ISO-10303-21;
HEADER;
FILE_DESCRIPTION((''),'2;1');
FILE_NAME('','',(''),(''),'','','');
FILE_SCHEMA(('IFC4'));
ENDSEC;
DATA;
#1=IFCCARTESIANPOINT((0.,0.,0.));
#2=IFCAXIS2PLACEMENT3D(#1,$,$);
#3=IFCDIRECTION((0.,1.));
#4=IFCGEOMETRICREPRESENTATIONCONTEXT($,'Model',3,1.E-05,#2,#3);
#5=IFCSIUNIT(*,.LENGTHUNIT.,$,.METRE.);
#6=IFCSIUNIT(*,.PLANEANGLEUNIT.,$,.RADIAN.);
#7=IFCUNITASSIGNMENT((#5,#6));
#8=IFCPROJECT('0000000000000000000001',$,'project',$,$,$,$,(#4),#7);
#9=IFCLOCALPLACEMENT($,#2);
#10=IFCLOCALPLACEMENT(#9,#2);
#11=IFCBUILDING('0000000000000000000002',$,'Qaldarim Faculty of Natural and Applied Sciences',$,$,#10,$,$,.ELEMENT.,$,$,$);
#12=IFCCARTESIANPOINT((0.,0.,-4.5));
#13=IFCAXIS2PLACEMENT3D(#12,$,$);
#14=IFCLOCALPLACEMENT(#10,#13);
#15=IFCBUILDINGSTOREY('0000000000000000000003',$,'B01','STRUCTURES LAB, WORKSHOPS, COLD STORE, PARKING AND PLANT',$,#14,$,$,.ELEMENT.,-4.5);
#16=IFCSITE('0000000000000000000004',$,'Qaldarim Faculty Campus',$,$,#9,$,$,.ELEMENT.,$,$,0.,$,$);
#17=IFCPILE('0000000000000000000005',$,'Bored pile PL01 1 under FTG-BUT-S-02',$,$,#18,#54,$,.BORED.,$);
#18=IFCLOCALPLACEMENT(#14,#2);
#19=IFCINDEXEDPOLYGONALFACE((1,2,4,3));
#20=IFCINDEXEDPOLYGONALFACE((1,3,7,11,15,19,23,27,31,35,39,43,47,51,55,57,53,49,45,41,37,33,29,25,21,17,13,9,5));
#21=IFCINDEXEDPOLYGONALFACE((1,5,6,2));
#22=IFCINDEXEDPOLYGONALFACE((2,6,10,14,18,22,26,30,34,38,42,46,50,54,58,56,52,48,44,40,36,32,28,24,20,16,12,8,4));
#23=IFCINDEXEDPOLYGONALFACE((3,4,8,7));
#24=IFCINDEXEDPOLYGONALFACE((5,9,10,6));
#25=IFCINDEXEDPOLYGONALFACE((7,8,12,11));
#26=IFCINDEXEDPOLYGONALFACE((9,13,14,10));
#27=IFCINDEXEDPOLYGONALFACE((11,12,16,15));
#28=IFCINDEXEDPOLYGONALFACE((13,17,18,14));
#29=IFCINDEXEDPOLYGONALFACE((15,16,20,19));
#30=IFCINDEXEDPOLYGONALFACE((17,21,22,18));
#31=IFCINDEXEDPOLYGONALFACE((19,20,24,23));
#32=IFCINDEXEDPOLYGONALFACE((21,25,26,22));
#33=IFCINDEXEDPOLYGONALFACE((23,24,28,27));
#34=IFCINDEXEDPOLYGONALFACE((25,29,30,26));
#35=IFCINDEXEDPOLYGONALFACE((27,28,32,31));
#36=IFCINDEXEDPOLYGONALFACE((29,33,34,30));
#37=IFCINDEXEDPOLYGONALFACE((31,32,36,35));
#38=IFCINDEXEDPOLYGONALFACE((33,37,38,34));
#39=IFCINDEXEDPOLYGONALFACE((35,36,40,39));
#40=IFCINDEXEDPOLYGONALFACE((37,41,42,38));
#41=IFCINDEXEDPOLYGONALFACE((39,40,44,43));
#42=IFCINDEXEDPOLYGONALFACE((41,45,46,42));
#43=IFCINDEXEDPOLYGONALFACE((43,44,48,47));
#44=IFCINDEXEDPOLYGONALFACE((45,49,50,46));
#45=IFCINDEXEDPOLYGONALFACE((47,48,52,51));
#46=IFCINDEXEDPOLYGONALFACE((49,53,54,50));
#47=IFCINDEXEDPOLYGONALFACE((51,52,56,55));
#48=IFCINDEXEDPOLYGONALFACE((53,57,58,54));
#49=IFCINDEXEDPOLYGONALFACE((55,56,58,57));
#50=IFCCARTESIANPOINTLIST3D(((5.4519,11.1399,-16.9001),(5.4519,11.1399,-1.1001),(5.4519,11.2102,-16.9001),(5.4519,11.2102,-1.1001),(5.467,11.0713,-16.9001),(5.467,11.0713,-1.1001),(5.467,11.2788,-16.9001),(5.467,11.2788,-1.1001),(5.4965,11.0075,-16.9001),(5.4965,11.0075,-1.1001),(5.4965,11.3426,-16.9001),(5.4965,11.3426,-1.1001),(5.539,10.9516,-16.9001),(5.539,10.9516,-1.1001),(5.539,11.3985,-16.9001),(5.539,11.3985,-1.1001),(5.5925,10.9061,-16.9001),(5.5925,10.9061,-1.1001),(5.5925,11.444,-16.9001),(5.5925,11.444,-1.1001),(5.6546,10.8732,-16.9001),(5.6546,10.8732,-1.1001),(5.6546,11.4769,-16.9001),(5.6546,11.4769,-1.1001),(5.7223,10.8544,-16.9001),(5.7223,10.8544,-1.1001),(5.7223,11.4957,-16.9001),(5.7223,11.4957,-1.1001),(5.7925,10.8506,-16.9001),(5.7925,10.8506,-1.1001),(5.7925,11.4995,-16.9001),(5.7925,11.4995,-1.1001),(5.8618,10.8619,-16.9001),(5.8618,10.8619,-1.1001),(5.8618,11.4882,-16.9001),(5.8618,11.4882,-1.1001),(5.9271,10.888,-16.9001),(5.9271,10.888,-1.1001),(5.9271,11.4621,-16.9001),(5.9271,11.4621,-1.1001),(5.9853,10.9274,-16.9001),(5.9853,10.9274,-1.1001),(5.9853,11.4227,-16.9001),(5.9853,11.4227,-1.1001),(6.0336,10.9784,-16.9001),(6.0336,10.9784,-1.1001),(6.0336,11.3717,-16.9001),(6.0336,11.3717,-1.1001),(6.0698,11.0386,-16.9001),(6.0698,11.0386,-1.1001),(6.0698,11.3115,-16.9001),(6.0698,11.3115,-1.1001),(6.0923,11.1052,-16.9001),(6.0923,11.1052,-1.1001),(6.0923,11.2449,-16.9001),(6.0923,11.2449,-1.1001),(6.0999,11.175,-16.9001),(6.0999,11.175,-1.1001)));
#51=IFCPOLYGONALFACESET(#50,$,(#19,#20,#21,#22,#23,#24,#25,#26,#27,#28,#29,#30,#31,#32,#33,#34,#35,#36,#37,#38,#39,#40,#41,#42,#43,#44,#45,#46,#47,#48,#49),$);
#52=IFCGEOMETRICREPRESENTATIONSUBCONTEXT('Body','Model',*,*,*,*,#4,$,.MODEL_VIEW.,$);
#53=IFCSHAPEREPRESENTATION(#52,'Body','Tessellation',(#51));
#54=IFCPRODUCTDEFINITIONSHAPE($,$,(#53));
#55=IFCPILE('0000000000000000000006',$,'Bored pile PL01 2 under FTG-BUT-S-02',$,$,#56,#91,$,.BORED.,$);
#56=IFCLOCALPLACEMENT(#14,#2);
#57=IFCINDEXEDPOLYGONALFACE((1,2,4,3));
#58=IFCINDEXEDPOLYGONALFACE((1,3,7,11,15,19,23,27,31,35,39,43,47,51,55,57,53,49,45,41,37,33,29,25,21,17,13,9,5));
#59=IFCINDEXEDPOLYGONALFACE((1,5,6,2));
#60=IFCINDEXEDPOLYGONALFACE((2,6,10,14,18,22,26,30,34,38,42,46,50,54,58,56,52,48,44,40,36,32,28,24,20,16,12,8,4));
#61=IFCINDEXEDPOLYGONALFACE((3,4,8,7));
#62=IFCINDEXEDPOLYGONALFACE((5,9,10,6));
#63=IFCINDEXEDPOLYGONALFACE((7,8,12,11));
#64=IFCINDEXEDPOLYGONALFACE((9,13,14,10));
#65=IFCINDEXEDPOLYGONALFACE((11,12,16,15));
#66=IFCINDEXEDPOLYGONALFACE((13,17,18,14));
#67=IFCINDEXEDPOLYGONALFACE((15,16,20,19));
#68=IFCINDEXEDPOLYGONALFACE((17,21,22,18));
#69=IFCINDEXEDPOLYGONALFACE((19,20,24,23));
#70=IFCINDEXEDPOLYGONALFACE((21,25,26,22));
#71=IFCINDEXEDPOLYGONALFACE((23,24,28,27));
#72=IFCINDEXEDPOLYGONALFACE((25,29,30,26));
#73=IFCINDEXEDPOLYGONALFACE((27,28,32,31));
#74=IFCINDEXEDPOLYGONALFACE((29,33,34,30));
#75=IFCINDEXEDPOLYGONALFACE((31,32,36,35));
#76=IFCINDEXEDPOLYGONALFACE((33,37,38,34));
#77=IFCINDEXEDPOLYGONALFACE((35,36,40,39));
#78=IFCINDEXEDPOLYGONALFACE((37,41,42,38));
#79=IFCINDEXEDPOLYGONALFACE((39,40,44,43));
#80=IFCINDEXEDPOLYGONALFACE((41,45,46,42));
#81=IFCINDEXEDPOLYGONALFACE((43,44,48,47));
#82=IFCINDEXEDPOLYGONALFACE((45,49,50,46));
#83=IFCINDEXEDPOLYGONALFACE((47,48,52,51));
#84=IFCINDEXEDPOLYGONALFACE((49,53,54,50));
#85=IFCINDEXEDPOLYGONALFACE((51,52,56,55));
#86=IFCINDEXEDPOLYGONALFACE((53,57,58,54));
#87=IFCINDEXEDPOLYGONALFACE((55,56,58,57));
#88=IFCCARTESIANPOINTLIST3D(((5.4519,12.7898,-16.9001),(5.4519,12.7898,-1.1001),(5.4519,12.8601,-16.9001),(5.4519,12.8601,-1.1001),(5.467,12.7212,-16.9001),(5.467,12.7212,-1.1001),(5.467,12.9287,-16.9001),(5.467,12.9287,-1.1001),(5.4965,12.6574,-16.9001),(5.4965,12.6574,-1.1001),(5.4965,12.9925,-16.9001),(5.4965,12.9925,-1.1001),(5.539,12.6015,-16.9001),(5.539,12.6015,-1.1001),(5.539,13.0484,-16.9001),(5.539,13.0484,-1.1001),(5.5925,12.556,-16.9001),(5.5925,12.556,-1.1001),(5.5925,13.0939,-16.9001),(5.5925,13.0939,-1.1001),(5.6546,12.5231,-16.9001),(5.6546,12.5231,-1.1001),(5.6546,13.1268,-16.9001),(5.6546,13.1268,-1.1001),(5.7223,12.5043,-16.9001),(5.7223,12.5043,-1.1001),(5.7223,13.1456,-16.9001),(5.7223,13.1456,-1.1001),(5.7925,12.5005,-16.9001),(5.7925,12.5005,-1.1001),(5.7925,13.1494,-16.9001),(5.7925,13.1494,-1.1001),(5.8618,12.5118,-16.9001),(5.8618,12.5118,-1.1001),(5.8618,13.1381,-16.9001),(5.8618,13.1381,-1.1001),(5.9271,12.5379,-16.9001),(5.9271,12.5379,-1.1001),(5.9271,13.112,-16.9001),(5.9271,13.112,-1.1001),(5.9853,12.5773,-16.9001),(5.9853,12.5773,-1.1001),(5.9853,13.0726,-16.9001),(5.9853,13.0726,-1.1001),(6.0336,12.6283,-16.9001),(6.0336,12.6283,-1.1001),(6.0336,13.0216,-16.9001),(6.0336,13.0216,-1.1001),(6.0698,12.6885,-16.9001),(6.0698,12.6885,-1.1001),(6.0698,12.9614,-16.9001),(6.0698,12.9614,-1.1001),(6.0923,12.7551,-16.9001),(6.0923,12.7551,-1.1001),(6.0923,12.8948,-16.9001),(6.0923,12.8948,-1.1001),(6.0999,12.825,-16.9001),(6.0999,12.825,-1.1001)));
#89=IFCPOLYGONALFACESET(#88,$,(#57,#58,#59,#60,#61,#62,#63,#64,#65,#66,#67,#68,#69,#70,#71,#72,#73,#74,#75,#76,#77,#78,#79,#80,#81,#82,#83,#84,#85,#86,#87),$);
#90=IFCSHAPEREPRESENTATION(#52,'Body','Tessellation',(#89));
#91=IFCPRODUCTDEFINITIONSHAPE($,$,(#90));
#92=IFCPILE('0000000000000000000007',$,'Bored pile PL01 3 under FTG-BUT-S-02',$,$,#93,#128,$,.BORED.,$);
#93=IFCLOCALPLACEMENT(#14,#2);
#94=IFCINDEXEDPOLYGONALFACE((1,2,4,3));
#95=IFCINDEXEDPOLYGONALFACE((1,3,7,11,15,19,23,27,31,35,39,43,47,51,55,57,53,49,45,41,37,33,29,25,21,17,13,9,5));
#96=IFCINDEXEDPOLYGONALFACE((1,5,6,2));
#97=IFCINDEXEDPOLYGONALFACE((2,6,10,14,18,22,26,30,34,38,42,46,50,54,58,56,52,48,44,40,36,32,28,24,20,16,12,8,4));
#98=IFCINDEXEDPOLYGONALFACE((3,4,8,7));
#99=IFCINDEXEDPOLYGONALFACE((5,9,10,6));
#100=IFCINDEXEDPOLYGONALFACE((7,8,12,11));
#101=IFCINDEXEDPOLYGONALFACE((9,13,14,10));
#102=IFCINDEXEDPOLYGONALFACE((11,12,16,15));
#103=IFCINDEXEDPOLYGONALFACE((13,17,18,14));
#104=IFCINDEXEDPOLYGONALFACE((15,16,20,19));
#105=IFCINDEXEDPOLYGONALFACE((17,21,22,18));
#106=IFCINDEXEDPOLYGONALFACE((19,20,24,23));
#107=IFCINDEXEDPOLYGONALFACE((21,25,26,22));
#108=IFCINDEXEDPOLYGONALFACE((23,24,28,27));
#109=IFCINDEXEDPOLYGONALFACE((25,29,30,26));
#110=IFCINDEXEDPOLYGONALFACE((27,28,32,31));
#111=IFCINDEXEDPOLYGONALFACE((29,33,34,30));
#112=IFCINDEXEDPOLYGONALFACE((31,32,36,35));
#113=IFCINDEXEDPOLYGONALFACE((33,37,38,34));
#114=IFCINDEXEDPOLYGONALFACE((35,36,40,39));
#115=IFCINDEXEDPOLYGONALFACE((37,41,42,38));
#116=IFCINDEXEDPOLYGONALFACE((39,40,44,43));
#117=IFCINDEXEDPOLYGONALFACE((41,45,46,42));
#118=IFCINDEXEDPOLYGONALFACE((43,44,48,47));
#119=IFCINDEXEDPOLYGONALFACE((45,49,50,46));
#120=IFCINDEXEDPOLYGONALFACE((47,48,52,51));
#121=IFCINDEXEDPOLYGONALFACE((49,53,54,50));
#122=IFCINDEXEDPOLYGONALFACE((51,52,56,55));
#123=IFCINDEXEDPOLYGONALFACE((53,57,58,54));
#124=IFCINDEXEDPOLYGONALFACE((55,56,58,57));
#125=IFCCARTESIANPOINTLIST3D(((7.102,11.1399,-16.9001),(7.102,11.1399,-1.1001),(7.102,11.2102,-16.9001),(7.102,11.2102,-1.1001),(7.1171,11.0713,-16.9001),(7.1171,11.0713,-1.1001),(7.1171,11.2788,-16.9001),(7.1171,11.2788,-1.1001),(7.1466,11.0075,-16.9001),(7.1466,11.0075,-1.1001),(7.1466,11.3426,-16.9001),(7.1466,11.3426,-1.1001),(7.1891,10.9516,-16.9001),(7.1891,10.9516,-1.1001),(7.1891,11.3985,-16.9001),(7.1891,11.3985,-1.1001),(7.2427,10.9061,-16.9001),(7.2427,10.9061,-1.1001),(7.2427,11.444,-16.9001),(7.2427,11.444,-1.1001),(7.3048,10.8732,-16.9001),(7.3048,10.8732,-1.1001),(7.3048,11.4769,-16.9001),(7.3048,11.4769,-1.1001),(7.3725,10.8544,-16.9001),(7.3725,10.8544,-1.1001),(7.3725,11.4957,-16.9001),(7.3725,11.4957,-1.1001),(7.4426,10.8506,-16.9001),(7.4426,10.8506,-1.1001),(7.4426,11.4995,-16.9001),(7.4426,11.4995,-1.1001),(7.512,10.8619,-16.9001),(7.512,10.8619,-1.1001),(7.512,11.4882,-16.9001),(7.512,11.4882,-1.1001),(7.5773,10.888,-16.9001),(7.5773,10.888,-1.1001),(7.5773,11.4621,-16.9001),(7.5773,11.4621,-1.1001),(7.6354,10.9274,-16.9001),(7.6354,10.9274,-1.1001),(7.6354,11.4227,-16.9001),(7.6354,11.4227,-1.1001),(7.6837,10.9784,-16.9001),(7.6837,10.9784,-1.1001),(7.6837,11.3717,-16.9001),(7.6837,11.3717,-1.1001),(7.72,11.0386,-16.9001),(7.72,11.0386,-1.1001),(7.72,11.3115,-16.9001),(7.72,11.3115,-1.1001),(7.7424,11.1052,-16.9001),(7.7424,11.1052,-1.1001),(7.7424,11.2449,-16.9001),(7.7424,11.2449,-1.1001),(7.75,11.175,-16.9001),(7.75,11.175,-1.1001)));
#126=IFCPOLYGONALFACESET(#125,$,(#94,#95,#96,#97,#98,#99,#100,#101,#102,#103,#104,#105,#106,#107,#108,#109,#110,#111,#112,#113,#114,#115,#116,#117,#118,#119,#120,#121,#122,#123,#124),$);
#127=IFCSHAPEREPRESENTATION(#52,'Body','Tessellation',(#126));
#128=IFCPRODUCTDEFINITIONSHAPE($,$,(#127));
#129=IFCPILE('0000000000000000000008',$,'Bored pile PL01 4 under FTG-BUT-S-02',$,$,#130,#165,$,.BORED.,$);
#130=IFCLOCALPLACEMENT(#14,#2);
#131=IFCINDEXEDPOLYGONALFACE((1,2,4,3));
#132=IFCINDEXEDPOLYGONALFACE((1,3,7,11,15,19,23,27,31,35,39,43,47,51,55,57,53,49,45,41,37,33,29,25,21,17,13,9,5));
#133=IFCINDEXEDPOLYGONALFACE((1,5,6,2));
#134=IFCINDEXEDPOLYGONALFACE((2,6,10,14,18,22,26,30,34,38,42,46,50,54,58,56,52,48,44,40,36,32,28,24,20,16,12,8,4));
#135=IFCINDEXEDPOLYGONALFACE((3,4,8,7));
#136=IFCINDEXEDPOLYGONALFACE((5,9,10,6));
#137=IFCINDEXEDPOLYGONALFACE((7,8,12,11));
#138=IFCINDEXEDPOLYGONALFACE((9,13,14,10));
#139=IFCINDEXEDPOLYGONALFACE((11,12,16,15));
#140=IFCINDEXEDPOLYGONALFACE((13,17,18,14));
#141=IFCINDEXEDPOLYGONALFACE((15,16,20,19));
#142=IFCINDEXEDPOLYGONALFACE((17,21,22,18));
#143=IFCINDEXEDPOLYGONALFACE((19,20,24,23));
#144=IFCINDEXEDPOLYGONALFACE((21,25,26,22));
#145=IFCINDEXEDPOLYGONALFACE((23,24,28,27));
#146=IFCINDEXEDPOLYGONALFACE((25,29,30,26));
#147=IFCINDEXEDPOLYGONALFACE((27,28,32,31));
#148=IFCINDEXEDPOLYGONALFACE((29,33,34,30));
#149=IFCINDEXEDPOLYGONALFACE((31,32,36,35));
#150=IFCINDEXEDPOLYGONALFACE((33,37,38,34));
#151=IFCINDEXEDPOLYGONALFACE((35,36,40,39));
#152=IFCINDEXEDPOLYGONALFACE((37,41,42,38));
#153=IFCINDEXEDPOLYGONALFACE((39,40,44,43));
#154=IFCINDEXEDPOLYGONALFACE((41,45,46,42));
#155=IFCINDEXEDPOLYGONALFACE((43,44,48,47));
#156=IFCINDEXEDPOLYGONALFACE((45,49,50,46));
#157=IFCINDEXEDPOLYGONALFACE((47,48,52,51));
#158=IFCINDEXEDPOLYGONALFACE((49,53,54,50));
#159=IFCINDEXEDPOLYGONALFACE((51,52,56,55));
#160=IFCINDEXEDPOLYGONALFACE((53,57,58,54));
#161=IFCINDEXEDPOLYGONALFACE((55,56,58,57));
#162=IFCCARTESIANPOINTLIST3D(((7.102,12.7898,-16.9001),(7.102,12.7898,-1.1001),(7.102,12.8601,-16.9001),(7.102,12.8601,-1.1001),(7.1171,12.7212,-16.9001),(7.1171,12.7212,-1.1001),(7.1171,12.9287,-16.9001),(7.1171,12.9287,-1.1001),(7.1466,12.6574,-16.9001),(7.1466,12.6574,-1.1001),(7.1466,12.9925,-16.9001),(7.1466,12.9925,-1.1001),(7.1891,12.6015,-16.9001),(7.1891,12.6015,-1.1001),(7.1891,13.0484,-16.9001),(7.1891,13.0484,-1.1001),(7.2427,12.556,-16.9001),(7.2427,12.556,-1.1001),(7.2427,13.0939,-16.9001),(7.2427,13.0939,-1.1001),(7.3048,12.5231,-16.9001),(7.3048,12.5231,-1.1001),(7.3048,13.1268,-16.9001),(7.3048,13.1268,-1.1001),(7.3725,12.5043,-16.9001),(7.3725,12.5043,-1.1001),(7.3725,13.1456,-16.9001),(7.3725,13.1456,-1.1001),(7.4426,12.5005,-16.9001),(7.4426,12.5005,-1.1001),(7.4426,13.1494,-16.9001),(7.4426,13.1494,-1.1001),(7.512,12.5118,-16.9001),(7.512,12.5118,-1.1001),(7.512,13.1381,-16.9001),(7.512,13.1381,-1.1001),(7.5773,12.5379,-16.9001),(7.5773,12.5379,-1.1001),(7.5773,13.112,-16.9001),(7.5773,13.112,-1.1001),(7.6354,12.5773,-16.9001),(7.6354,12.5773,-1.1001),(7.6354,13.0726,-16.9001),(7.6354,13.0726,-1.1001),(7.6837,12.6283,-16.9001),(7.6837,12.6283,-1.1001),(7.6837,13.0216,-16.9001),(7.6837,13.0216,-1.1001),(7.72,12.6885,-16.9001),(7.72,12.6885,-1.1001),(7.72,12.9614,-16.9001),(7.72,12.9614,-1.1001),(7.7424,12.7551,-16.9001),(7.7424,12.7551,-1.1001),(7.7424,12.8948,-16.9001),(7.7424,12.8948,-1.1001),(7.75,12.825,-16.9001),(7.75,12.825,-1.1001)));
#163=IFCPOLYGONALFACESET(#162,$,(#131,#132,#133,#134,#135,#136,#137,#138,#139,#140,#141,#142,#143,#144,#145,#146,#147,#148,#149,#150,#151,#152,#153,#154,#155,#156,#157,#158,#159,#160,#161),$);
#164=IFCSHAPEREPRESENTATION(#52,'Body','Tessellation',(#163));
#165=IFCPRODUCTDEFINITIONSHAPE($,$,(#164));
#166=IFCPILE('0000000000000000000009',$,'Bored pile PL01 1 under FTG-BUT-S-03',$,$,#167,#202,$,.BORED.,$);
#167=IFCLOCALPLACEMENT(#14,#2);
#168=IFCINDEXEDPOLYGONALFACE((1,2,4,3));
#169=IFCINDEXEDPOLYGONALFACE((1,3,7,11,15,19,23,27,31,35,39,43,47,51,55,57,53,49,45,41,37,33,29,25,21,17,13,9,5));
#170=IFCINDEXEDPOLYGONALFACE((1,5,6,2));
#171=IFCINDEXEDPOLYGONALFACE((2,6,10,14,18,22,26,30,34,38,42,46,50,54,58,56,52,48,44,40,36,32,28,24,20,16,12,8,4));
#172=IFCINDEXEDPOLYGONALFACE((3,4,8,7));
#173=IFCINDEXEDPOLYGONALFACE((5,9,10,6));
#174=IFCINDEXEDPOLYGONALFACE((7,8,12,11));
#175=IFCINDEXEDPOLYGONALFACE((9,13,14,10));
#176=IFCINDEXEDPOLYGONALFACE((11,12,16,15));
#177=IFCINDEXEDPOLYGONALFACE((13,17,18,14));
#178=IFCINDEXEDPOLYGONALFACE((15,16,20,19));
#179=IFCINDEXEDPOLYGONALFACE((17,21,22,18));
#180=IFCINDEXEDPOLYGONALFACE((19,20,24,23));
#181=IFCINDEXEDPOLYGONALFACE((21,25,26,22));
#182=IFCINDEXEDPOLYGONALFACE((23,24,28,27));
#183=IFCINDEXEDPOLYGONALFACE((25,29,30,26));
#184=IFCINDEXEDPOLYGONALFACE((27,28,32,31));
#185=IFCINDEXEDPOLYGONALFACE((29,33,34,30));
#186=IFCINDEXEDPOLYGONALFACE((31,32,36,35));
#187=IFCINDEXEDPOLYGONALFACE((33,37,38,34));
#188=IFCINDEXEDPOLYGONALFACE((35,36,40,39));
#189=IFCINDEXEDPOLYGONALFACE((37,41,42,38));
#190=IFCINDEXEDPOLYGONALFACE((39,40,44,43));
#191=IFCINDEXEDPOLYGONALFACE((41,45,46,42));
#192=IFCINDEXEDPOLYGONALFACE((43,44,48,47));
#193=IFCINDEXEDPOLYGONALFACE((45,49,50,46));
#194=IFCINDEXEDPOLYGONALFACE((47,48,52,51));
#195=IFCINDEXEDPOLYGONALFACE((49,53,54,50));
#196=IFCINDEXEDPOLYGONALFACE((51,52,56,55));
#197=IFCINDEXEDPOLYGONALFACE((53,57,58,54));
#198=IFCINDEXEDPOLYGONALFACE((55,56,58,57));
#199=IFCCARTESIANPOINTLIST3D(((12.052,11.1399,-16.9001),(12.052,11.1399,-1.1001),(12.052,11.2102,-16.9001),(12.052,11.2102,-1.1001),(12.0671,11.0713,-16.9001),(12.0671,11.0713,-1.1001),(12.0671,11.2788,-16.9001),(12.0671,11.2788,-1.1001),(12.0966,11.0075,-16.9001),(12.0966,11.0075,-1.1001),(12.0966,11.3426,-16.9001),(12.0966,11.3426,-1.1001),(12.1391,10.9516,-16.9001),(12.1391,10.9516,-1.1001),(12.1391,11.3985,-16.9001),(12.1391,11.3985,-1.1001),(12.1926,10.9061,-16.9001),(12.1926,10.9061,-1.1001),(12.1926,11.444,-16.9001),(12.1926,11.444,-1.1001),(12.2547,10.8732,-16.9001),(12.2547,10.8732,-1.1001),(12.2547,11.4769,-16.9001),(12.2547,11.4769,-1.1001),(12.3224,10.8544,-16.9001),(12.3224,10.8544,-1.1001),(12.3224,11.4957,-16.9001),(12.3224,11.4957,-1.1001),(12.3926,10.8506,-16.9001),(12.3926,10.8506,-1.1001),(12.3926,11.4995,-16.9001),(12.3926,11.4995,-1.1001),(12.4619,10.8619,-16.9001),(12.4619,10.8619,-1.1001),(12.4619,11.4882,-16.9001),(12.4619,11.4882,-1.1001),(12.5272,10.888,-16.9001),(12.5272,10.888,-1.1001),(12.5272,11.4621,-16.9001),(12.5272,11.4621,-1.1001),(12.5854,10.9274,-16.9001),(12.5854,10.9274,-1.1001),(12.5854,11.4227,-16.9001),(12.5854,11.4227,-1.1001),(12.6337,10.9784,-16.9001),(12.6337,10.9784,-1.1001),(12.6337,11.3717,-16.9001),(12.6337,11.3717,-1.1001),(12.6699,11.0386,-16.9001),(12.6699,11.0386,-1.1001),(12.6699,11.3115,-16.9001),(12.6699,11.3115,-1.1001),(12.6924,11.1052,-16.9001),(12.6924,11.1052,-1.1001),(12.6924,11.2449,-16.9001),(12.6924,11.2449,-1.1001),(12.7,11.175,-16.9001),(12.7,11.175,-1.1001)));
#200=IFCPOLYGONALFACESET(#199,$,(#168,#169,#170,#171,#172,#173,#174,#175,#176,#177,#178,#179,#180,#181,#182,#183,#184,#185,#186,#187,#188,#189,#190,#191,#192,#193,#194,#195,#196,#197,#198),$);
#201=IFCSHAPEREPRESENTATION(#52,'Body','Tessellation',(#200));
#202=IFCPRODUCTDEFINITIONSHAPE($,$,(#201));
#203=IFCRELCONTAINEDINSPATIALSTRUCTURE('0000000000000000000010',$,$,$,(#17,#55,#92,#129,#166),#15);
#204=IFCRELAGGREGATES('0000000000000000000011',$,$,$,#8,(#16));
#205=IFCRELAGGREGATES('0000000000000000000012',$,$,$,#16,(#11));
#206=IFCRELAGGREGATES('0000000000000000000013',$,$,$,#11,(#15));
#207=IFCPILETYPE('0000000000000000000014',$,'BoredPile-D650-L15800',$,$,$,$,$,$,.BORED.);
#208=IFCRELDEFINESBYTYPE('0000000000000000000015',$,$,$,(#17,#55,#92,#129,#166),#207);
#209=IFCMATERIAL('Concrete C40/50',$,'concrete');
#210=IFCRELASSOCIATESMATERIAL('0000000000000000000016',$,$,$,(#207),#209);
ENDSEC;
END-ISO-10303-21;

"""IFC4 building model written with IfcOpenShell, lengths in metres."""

from ifc_helpers import new_model, si_unit, direction, frame, origin, origin_2d, place, context, subcontext, project, spatial, circle, extrude, material, material_profile, profile_set, type_object, element, save


model = new_model("IFC4")

# Units and contexts
model_context = context("Model", 3, precision=1e-05, world=origin(), true_north=direction((0.0, 1.0)))
body_context = subcontext(model_context, "Body", "Model", "MODEL_VIEW")
ifc_project = project(units=[si_unit("LENGTHUNIT", "METRE"), si_unit("PLANEANGLEUNIT", "RADIAN")], contexts=[model_context])

# Site, building, storey
site_placement = place(None, origin())
site = spatial("IfcSite", under=ifc_project, at=site_placement, Name="Qaldarim Faculty Campus", CompositionType="ELEMENT", RefElevation=0.0)
building_placement = place(site_placement, origin())
building = spatial("IfcBuilding", under=site, at=building_placement, Name="Qaldarim Faculty of Natural and Applied Sciences", CompositionType="ELEMENT")
storey_placement = place(building_placement, frame((0.0, 0.0, -4.5)))
storey = spatial("IfcBuildingStorey", under=building, at=storey_placement, Name="B01", Description="STRUCTURES LAB, WORKSHOPS, COLD STORE, PARKING AND PLANT", CompositionType="ELEMENT", Elevation=-4.5)

# Piles
ifc_material_1 = material(Name="Concrete C40/50", Category="concrete")
ifc_material_profile_1 = material_profile(ifc_material_1, circle(Radius=0.325, at=origin_2d()), Name="PILE-D650")
ifc_profile_set_1 = profile_set([ifc_material_profile_1], Name="Concrete C40/50")
pile_type_1 = type_object("IfcPileType", Name="BoredPile-D650-L15800", PredefinedType="BORED", material=ifc_profile_set_1)
for number, where, z_axis, x_axis, name in (
    (1, (5.7749, 11.175, -1.1001), (0.0, 0.0, -1.0), (1.0, 0.0, 0.0), "Bored pile PL01 1 under FTG-BUT-S-02"),
    (2, (5.7749, 12.825, -1.1001), (0.0, 0.0, -1.0), (1.0, 0.0, 0.0), "Bored pile PL01 2 under FTG-BUT-S-02"),
    (3, (7.425, 11.175, -1.1001), (0.0, 0.0, -1.0), (1.0, 0.0, 0.0), "Bored pile PL01 3 under FTG-BUT-S-02"),
    (4, (7.425, 12.825, -1.1001), (0.0, 0.0, -1.0), (1.0, 0.0, 0.0), "Bored pile PL01 4 under FTG-BUT-S-02"),
    (5, (12.375, 11.175, -1.1001), (0.0, 0.0, -1.0), (1.0, 0.0, 0.0), "Bored pile PL01 1 under FTG-BUT-S-03"),
):
    element("IfcPile", number, at=place(storey_placement, frame(where, z_axis=z_axis, x_axis=x_axis)), inside=storey, type_object=pile_type_1, Name=name, PredefinedType="BORED", context=body_context, shape_type="SweptSolid", body=[
        extrude(circle(Radius=0.325, at=origin_2d()), origin(), (0.0, 0.0, 1.0), 15.8),
    ])

save(model, "model.ifc")
